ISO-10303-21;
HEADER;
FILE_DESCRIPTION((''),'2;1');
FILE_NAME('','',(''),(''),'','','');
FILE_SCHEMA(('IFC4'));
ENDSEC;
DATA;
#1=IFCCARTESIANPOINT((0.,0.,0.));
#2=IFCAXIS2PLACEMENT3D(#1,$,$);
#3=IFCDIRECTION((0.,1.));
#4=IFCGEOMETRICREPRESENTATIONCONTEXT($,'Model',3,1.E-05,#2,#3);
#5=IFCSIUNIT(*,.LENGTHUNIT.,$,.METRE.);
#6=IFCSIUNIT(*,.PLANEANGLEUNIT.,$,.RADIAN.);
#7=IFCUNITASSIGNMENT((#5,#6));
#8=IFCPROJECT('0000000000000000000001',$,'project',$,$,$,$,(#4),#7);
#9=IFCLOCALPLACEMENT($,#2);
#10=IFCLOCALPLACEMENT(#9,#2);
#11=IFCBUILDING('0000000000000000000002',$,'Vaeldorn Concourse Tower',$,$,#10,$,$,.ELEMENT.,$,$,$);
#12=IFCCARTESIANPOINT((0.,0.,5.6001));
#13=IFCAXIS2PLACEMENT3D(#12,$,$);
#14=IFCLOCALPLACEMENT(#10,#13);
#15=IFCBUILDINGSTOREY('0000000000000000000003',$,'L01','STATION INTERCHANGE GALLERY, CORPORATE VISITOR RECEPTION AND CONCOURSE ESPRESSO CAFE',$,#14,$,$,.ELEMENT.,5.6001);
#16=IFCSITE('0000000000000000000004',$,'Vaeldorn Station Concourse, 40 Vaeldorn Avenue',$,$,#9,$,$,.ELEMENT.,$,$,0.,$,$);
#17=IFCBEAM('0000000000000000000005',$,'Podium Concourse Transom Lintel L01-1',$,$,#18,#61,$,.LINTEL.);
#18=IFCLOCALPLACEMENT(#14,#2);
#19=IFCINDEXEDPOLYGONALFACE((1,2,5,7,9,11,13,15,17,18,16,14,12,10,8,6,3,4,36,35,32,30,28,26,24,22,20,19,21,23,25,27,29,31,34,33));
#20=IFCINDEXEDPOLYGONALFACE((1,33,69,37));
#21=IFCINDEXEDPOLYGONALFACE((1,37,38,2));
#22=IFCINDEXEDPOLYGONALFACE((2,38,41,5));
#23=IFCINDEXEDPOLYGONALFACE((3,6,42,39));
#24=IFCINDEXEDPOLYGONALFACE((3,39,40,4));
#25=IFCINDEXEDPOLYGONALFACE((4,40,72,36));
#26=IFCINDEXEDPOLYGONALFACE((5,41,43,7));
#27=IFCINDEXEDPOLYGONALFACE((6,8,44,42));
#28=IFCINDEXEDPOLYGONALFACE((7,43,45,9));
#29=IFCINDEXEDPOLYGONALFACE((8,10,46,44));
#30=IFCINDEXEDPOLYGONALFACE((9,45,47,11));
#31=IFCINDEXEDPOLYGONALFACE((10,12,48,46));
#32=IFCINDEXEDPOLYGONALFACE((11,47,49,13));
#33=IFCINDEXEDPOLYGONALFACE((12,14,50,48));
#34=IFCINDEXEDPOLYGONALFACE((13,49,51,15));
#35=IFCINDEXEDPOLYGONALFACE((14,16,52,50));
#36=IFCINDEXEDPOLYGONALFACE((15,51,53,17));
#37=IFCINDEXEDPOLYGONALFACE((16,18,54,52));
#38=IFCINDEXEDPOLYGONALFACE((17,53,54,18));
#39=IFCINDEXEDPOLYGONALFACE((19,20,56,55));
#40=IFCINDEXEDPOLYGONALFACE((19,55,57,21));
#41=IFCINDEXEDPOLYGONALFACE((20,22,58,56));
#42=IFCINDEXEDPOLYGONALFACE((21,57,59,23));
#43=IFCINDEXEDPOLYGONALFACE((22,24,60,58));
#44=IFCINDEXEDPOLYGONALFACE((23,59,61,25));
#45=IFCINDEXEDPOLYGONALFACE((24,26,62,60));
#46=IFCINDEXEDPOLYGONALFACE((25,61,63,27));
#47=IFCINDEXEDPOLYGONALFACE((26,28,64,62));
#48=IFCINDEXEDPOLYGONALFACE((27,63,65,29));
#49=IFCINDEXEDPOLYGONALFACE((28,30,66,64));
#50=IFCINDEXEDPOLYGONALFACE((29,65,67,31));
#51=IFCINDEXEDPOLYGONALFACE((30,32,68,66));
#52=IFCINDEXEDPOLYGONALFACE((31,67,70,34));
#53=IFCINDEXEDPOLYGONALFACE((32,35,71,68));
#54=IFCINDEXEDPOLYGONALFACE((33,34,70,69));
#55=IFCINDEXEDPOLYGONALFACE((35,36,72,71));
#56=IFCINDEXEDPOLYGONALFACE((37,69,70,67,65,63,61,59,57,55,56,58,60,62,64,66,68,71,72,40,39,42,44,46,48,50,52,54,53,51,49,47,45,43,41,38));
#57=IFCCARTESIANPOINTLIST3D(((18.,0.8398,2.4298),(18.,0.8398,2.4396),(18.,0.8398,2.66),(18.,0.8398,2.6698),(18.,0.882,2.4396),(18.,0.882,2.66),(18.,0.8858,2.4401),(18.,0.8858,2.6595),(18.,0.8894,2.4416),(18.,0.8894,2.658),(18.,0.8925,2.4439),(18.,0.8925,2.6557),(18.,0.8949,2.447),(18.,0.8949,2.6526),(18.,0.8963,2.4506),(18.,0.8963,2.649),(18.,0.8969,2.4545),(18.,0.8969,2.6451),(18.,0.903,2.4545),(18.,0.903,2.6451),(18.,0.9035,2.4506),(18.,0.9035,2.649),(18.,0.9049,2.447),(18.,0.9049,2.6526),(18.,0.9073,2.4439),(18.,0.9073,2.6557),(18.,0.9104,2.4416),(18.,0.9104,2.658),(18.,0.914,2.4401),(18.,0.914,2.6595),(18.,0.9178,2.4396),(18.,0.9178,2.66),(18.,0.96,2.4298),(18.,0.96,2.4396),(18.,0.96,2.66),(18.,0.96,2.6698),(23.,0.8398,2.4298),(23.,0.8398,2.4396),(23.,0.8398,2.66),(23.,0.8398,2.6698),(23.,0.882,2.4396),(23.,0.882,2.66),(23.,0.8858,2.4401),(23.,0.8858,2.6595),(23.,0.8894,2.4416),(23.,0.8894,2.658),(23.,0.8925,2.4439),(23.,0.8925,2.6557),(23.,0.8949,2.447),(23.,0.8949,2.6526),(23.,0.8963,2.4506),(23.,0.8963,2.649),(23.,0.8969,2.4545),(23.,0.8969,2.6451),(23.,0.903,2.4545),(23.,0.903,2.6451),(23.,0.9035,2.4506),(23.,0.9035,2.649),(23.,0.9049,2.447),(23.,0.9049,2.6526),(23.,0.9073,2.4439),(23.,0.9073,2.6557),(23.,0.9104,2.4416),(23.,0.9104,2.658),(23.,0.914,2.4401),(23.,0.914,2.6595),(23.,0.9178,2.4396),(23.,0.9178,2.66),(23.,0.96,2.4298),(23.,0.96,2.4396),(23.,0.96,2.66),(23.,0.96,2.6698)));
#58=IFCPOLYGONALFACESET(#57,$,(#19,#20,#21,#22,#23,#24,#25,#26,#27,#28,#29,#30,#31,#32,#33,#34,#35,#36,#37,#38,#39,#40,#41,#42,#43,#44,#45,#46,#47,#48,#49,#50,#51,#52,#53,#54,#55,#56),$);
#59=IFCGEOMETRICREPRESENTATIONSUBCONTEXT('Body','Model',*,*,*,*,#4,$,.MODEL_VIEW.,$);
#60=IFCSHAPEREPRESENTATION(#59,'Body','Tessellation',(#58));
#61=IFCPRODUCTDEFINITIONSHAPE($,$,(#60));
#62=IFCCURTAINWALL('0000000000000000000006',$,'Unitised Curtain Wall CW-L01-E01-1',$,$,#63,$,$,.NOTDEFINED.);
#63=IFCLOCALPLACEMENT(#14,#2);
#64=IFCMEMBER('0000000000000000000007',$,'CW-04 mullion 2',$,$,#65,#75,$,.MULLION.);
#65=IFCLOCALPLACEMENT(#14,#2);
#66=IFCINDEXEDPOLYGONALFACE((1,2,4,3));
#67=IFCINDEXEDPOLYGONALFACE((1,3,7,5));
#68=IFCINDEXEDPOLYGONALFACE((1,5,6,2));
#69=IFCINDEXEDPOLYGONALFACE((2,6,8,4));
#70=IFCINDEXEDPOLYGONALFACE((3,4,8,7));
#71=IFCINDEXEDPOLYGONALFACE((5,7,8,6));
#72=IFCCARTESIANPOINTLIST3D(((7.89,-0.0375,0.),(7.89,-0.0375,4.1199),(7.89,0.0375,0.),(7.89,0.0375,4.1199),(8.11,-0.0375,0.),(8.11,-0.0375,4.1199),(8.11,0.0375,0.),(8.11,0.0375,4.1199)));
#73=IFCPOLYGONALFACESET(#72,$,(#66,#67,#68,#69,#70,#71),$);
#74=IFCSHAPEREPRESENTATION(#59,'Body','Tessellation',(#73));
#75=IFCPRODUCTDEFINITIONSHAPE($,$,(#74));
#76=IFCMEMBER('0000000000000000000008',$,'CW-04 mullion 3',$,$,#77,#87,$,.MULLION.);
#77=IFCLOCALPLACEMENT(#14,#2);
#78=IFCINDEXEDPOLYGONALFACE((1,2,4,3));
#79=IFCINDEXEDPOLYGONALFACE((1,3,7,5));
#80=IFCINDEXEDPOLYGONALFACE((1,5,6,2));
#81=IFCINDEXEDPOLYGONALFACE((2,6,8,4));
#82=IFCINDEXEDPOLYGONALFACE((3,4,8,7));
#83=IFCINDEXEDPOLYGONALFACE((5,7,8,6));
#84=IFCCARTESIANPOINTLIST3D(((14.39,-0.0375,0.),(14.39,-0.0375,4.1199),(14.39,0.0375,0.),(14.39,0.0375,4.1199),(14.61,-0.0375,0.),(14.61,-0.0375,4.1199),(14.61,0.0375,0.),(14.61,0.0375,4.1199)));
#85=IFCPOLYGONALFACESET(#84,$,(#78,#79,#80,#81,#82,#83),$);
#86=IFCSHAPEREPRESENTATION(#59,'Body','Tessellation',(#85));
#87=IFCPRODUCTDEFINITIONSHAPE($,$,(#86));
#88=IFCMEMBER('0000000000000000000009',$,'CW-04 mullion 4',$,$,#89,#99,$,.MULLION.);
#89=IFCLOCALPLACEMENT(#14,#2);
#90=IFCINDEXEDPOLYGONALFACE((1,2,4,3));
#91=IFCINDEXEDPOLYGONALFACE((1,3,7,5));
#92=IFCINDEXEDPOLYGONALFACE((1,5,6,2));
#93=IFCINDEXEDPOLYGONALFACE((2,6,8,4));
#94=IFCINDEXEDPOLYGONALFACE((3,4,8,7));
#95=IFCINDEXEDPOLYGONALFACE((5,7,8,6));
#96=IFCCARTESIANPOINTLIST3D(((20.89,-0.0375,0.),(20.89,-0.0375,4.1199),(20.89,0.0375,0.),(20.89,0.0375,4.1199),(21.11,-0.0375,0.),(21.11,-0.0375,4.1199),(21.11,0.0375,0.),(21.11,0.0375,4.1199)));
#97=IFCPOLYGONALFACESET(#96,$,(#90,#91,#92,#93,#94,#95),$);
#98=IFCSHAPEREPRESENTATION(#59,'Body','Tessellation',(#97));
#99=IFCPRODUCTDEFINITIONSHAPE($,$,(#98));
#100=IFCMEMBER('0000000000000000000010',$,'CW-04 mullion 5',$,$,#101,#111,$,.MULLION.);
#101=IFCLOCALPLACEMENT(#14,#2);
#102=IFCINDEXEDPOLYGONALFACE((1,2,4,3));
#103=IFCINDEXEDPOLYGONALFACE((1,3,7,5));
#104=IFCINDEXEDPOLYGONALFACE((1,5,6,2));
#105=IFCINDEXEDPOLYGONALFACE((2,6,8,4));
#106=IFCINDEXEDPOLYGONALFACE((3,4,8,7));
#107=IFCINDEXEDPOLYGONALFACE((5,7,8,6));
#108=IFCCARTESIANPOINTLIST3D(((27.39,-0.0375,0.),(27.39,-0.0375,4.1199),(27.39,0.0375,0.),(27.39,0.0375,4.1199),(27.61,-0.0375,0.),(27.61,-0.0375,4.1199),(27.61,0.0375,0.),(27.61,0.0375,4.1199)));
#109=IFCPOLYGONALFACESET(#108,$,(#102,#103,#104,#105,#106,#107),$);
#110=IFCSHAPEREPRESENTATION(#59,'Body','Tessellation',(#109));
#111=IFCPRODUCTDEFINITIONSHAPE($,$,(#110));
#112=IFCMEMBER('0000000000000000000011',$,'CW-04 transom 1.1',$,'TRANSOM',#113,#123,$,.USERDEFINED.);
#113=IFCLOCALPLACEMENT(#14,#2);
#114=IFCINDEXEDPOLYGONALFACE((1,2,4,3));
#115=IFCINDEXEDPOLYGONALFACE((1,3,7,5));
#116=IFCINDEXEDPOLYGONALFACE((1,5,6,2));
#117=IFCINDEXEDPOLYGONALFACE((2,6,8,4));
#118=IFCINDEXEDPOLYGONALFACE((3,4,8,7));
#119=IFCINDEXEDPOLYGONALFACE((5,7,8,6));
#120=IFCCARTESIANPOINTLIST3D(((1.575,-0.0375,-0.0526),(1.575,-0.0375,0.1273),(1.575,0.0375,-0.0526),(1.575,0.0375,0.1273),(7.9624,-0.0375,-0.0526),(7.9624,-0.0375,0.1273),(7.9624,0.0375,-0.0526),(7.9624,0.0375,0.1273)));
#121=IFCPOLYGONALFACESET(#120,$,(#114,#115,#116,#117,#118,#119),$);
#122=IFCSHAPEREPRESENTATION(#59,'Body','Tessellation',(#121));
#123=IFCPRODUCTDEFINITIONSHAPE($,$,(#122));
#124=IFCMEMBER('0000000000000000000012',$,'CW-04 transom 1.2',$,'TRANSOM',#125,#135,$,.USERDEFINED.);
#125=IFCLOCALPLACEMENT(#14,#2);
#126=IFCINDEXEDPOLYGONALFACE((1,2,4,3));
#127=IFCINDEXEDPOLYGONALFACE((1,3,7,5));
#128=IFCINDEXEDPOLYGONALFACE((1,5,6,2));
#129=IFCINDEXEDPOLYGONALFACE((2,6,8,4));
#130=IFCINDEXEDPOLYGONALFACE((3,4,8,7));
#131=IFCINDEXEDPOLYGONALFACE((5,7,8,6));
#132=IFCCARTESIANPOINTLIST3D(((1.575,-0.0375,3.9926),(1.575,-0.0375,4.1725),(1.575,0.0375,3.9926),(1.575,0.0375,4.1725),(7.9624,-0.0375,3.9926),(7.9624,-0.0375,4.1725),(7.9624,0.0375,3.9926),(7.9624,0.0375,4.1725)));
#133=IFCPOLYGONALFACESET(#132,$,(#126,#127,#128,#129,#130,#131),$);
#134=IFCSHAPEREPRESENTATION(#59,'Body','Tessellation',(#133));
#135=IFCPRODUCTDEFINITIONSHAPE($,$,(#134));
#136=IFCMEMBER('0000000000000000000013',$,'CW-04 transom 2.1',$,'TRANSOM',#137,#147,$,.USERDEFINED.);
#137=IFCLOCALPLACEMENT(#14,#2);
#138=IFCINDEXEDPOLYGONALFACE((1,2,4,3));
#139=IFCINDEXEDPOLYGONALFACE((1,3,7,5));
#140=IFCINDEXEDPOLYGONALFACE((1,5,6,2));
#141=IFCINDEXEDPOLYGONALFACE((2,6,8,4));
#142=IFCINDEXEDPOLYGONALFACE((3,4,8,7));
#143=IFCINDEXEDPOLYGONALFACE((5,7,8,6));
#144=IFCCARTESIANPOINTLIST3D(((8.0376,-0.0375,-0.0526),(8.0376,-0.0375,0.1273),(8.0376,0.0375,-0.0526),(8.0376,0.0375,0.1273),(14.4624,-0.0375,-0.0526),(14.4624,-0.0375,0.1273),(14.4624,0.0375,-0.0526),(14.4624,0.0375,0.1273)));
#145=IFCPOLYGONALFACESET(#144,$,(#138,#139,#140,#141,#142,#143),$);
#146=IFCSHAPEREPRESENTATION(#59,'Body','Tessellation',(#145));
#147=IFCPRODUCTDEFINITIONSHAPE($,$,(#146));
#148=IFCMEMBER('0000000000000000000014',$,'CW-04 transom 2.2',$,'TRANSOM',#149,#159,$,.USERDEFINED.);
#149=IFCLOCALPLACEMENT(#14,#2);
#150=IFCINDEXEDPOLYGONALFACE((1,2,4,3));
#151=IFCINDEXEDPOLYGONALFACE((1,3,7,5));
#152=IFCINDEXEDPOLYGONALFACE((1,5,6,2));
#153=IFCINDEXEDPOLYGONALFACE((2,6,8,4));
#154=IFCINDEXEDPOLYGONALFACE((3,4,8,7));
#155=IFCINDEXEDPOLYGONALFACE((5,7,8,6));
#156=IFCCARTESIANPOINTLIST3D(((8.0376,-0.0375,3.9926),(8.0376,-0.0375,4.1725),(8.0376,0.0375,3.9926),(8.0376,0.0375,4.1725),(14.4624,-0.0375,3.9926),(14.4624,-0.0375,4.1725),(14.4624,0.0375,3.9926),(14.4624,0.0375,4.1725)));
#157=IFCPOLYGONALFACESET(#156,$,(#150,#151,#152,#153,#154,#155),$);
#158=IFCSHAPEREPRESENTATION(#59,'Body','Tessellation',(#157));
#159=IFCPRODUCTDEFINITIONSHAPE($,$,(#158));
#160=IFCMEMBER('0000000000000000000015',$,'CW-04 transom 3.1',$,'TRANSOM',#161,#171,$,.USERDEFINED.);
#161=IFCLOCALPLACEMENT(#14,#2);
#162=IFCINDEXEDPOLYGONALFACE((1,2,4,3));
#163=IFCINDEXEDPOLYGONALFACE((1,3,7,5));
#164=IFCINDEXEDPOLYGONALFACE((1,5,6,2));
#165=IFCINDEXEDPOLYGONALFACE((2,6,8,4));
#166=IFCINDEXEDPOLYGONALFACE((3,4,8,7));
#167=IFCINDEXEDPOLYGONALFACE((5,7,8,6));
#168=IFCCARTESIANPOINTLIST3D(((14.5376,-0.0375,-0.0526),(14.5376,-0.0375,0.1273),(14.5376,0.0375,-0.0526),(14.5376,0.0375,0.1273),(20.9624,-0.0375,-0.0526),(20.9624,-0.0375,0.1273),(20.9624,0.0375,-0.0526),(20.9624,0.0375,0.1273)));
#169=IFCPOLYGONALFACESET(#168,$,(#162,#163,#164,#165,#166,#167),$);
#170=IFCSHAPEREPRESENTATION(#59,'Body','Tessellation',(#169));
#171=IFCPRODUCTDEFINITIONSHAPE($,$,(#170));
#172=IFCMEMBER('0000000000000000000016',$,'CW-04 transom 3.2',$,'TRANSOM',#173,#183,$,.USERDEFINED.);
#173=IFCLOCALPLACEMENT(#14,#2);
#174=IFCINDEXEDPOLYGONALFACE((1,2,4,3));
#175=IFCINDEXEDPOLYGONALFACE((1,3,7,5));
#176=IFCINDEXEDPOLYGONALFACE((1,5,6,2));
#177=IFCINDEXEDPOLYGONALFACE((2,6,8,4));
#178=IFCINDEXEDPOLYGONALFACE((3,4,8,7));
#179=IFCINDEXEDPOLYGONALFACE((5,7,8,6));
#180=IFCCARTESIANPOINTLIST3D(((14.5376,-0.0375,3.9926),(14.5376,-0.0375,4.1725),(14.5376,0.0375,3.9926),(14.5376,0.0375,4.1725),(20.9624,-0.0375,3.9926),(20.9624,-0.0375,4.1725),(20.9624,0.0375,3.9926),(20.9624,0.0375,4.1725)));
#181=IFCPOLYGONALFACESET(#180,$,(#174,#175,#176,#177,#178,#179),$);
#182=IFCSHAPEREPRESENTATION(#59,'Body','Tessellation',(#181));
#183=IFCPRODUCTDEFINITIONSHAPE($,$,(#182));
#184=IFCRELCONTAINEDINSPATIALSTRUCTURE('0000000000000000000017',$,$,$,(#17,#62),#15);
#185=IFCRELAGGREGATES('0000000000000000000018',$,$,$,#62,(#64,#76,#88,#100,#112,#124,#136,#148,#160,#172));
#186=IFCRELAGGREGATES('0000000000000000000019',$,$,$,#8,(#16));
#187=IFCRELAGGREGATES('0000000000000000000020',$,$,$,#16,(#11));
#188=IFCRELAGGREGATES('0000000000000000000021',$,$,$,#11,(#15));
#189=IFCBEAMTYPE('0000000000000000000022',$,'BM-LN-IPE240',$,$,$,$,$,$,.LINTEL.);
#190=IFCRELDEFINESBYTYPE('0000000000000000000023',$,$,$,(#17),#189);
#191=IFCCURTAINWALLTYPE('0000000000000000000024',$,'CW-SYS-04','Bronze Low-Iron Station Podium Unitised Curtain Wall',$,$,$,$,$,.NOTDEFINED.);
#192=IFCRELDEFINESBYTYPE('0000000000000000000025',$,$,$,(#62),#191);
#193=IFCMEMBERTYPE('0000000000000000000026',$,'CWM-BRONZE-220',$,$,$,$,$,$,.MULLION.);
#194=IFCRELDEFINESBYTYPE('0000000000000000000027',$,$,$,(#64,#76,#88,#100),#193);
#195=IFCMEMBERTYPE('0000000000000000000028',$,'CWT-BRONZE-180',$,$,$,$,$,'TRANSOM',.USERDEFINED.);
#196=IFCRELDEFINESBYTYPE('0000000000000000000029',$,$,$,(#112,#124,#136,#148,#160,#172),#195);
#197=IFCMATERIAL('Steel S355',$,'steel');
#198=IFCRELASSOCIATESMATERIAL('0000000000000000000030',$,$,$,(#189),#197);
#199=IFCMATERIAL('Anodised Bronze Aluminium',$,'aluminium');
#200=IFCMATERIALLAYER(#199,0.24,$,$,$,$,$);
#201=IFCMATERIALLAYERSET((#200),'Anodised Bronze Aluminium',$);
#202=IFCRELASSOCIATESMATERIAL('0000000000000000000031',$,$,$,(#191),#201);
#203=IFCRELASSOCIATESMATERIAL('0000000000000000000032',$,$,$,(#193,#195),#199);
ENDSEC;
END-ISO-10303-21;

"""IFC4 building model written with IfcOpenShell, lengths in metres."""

from ifc_helpers import new_model, si_unit, direction, frame, origin, origin_2d, place, context, subcontext, project, spatial, rectangle, i_section, extrude, source, transform, mapped, material, layer, layer_set, material_profile, profile_set, type_object, element, aggregate, save


model = new_model("IFC4")

# Units and contexts
model_context = context("Model", 3, precision=1e-05, world=origin(), true_north=direction((0.0, 1.0)))
body_context = subcontext(model_context, "Body", "Model", "MODEL_VIEW")
ifc_project = project(units=[si_unit("LENGTHUNIT", "METRE"), si_unit("PLANEANGLEUNIT", "RADIAN")], contexts=[model_context])

# Site, building, storey
site_placement = place(None, origin())
site = spatial("IfcSite", under=ifc_project, at=site_placement, Name="Vaeldorn Station Concourse, 40 Vaeldorn Avenue", CompositionType="ELEMENT", RefElevation=0.0)
building_placement = place(site_placement, origin())
building = spatial("IfcBuilding", under=site, at=building_placement, Name="Vaeldorn Concourse Tower", CompositionType="ELEMENT")
storey_placement = place(building_placement, frame((0.0, 0.0, 5.6001)))
storey = spatial("IfcBuildingStorey", under=building, at=storey_placement, Name="L01", Description="STATION INTERCHANGE GALLERY, CORPORATE VISITOR RECEPTION AND CONCOURSE ESPRESSO CAFE", CompositionType="ELEMENT", Elevation=5.6001)

# Beam
ifc_material_1 = material(Name="Steel S355", Category="steel")
ifc_material_profile_1 = material_profile(ifc_material_1, i_section(OverallWidth=0.1201, OverallDepth=0.24, WebThickness=0.0061, FlangeThickness=0.0098, FilletRadius=0.0149, at=origin_2d()), Name="IPE 240")
ifc_profile_set_1 = profile_set([ifc_material_profile_1], Name="Steel S355")
beam_type_1 = type_object("IfcBeamType", Name="BM-LN-IPE240", PredefinedType="LINTEL", material=ifc_profile_set_1)
shared_shape_1 = source(origin(), body_context, "Body", "SweptSolid", [
    extrude(i_section(OverallWidth=0.1201, OverallDepth=0.24, WebThickness=0.0061, FlangeThickness=0.0098, FilletRadius=0.0149, at=origin_2d()), origin(), (0.0, 0.0, 1.0), 5.0),
])
beam_1_placement = place(storey_placement, frame((18.0, 0.8999, 2.5498), z_axis=(1.0, 0.0, 0.0), x_axis=(0.0, 1.0, 0.0)))
element("IfcBeam", 1, at=beam_1_placement, inside=storey, type_object=beam_type_1, Name="Podium Concourse Transom Lintel L01-1", PredefinedType="LINTEL", context=body_context, shape_type="MappedRepresentation", body=[
    mapped(shared_shape_1, transform((0.0, 0.0, 0.0), scale=1.0)),
])

# Curtain wall, members
ifc_material_2 = material(Name="Anodised Bronze Aluminium", Category="aluminium")
ifc_layer_1 = layer(ifc_material_2, 0.24)
ifc_layer_set_1 = layer_set([ifc_layer_1], Name="Anodised Bronze Aluminium")
curtain_wall_type = type_object("IfcCurtainWallType", Name="CW-SYS-04", Description="Bronze Low-Iron Station Podium Unitised Curtain Wall", PredefinedType="NOTDEFINED", material=ifc_layer_set_1)
curtain_wall_placement = place(storey_placement, origin())
curtain_wall = element("IfcCurtainWall", 2, at=curtain_wall_placement, inside=storey, type_object=curtain_wall_type, Name="Unitised Curtain Wall CW-L01-E01-1", PredefinedType="NOTDEFINED")
ifc_material_profile_2 = material_profile(ifc_material_2, rectangle(XDim=0.075, YDim=0.22, at=origin_2d()), Name="CWM 75x220")
ifc_profile_set_2 = profile_set([ifc_material_profile_2], Name="Anodised Bronze Aluminium")
member_type_1 = type_object("IfcMemberType", Name="CWM-BRONZE-220", PredefinedType="MULLION", material=ifc_profile_set_2)
shared_shape_2 = source(origin(), body_context, "Body", "SweptSolid", [
    extrude(rectangle(XDim=0.075, YDim=0.22, at=origin_2d()), origin(), (0.0, 0.0, 1.0), 4.1199),
])
member_1_placement = place(storey_placement, frame((8.0, 0.0, 0.0), z_axis=(0.0, 0.0, 1.0), x_axis=(0.0, 1.0, 0.0)))
member_1 = element("IfcMember", 3, at=member_1_placement, type_object=member_type_1, Name="CW-04 mullion 2", PredefinedType="MULLION", context=body_context, shape_type="MappedRepresentation", body=[
    mapped(shared_shape_2, transform((0.0, 0.0, 0.0), scale=1.0)),
])
member_2_placement = place(storey_placement, frame((14.5, 0.0, 0.0), z_axis=(0.0, 0.0, 1.0), x_axis=(0.0, 1.0, 0.0)))
member_2 = element("IfcMember", 4, at=member_2_placement, type_object=member_type_1, Name="CW-04 mullion 3", PredefinedType="MULLION", context=body_context, shape_type="MappedRepresentation", body=[
    mapped(shared_shape_2, transform((0.0, 0.0, 0.0), scale=1.0)),
])
member_3_placement = place(storey_placement, frame((21.0, 0.0, 0.0), z_axis=(0.0, 0.0, 1.0), x_axis=(0.0, 1.0, 0.0)))
member_3 = element("IfcMember", 5, at=member_3_placement, type_object=member_type_1, Name="CW-04 mullion 4", PredefinedType="MULLION", context=body_context, shape_type="MappedRepresentation", body=[
    mapped(shared_shape_2, transform((0.0, 0.0, 0.0), scale=1.0)),
])
member_4_placement = place(storey_placement, frame((27.5, 0.0, 0.0), z_axis=(0.0, 0.0, 1.0), x_axis=(0.0, 1.0, 0.0)))
member_4 = element("IfcMember", 6, at=member_4_placement, type_object=member_type_1, Name="CW-04 mullion 5", PredefinedType="MULLION", context=body_context, shape_type="MappedRepresentation", body=[
    mapped(shared_shape_2, transform((0.0, 0.0, 0.0), scale=1.0)),
])
ifc_material_profile_3 = material_profile(ifc_material_2, rectangle(XDim=0.075, YDim=0.1799, at=origin_2d()), Name="CWT 75x180")
ifc_profile_set_3 = profile_set([ifc_material_profile_3], Name="Anodised Bronze Aluminium")
member_type_2 = type_object("IfcMemberType", Name="CWT-BRONZE-180", ElementType="TRANSOM", PredefinedType="USERDEFINED", material=ifc_profile_set_3)
shared_shape_3 = source(origin(), body_context, "Body", "SweptSolid", [
    extrude(rectangle(XDim=0.075, YDim=0.1799, at=origin_2d()), origin(), (0.0, 0.0, 1.0), 6.3875),
])
member_5_placement = place(storey_placement, frame((1.575, 0.0, 0.0374), z_axis=(1.0, 0.0, 0.0), x_axis=(0.0, 1.0, 0.0)))
member_5 = element("IfcMember", 7, at=member_5_placement, type_object=member_type_2, Name="CW-04 transom 1.1", ObjectType="TRANSOM", PredefinedType="USERDEFINED", context=body_context, shape_type="MappedRepresentation", body=[
    mapped(shared_shape_3, transform((0.0, 0.0, 0.0), scale=1.0)),
])
member_6_placement = place(storey_placement, frame((1.575, 0.0, 4.0825), z_axis=(1.0, 0.0, 0.0), x_axis=(0.0, 1.0, 0.0)))
member_6 = element("IfcMember", 8, at=member_6_placement, type_object=member_type_2, Name="CW-04 transom 1.2", ObjectType="TRANSOM", PredefinedType="USERDEFINED", context=body_context, shape_type="MappedRepresentation", body=[
    mapped(shared_shape_3, transform((0.0, 0.0, 0.0), scale=1.0)),
])
shared_shape_4 = source(origin(), body_context, "Body", "SweptSolid", [
    extrude(rectangle(XDim=0.075, YDim=0.1799, at=origin_2d()), origin(), (0.0, 0.0, 1.0), 6.4248),
])
member_7_placement = place(storey_placement, frame((8.0376, 0.0, 0.0374), z_axis=(1.0, 0.0, 0.0), x_axis=(0.0, 1.0, 0.0)))
member_7 = element("IfcMember", 9, at=member_7_placement, type_object=member_type_2, Name="CW-04 transom 2.1", ObjectType="TRANSOM", PredefinedType="USERDEFINED", context=body_context, shape_type="MappedRepresentation", body=[
    mapped(shared_shape_4, transform((0.0, 0.0, 0.0), scale=1.0)),
])
member_8_placement = place(storey_placement, frame((8.0376, 0.0, 4.0825), z_axis=(1.0, 0.0, 0.0), x_axis=(0.0, 1.0, 0.0)))
member_8 = element("IfcMember", 10, at=member_8_placement, type_object=member_type_2, Name="CW-04 transom 2.2", ObjectType="TRANSOM", PredefinedType="USERDEFINED", context=body_context, shape_type="MappedRepresentation", body=[
    mapped(shared_shape_4, transform((0.0, 0.0, 0.0), scale=1.0)),
])
member_9_placement = place(storey_placement, frame((14.5376, 0.0, 0.0374), z_axis=(1.0, 0.0, 0.0), x_axis=(0.0, 1.0, 0.0)))
member_9 = element("IfcMember", 11, at=member_9_placement, type_object=member_type_2, Name="CW-04 transom 3.1", ObjectType="TRANSOM", PredefinedType="USERDEFINED", context=body_context, shape_type="MappedRepresentation", body=[
    mapped(shared_shape_4, transform((0.0, 0.0, 0.0), scale=1.0)),
])
member_10_placement = place(storey_placement, frame((14.5376, 0.0, 4.0825), z_axis=(1.0, 0.0, 0.0), x_axis=(0.0, 1.0, 0.0)))
member_10 = element("IfcMember", 12, at=member_10_placement, type_object=member_type_2, Name="CW-04 transom 3.2", ObjectType="TRANSOM", PredefinedType="USERDEFINED", context=body_context, shape_type="MappedRepresentation", body=[
    mapped(shared_shape_4, transform((0.0, 0.0, 0.0), scale=1.0)),
])
aggregate(curtain_wall, [member_1, member_2, member_3, member_4, member_5, member_6, member_7, member_8, member_9, member_10])

save(model, "model.ifc")
